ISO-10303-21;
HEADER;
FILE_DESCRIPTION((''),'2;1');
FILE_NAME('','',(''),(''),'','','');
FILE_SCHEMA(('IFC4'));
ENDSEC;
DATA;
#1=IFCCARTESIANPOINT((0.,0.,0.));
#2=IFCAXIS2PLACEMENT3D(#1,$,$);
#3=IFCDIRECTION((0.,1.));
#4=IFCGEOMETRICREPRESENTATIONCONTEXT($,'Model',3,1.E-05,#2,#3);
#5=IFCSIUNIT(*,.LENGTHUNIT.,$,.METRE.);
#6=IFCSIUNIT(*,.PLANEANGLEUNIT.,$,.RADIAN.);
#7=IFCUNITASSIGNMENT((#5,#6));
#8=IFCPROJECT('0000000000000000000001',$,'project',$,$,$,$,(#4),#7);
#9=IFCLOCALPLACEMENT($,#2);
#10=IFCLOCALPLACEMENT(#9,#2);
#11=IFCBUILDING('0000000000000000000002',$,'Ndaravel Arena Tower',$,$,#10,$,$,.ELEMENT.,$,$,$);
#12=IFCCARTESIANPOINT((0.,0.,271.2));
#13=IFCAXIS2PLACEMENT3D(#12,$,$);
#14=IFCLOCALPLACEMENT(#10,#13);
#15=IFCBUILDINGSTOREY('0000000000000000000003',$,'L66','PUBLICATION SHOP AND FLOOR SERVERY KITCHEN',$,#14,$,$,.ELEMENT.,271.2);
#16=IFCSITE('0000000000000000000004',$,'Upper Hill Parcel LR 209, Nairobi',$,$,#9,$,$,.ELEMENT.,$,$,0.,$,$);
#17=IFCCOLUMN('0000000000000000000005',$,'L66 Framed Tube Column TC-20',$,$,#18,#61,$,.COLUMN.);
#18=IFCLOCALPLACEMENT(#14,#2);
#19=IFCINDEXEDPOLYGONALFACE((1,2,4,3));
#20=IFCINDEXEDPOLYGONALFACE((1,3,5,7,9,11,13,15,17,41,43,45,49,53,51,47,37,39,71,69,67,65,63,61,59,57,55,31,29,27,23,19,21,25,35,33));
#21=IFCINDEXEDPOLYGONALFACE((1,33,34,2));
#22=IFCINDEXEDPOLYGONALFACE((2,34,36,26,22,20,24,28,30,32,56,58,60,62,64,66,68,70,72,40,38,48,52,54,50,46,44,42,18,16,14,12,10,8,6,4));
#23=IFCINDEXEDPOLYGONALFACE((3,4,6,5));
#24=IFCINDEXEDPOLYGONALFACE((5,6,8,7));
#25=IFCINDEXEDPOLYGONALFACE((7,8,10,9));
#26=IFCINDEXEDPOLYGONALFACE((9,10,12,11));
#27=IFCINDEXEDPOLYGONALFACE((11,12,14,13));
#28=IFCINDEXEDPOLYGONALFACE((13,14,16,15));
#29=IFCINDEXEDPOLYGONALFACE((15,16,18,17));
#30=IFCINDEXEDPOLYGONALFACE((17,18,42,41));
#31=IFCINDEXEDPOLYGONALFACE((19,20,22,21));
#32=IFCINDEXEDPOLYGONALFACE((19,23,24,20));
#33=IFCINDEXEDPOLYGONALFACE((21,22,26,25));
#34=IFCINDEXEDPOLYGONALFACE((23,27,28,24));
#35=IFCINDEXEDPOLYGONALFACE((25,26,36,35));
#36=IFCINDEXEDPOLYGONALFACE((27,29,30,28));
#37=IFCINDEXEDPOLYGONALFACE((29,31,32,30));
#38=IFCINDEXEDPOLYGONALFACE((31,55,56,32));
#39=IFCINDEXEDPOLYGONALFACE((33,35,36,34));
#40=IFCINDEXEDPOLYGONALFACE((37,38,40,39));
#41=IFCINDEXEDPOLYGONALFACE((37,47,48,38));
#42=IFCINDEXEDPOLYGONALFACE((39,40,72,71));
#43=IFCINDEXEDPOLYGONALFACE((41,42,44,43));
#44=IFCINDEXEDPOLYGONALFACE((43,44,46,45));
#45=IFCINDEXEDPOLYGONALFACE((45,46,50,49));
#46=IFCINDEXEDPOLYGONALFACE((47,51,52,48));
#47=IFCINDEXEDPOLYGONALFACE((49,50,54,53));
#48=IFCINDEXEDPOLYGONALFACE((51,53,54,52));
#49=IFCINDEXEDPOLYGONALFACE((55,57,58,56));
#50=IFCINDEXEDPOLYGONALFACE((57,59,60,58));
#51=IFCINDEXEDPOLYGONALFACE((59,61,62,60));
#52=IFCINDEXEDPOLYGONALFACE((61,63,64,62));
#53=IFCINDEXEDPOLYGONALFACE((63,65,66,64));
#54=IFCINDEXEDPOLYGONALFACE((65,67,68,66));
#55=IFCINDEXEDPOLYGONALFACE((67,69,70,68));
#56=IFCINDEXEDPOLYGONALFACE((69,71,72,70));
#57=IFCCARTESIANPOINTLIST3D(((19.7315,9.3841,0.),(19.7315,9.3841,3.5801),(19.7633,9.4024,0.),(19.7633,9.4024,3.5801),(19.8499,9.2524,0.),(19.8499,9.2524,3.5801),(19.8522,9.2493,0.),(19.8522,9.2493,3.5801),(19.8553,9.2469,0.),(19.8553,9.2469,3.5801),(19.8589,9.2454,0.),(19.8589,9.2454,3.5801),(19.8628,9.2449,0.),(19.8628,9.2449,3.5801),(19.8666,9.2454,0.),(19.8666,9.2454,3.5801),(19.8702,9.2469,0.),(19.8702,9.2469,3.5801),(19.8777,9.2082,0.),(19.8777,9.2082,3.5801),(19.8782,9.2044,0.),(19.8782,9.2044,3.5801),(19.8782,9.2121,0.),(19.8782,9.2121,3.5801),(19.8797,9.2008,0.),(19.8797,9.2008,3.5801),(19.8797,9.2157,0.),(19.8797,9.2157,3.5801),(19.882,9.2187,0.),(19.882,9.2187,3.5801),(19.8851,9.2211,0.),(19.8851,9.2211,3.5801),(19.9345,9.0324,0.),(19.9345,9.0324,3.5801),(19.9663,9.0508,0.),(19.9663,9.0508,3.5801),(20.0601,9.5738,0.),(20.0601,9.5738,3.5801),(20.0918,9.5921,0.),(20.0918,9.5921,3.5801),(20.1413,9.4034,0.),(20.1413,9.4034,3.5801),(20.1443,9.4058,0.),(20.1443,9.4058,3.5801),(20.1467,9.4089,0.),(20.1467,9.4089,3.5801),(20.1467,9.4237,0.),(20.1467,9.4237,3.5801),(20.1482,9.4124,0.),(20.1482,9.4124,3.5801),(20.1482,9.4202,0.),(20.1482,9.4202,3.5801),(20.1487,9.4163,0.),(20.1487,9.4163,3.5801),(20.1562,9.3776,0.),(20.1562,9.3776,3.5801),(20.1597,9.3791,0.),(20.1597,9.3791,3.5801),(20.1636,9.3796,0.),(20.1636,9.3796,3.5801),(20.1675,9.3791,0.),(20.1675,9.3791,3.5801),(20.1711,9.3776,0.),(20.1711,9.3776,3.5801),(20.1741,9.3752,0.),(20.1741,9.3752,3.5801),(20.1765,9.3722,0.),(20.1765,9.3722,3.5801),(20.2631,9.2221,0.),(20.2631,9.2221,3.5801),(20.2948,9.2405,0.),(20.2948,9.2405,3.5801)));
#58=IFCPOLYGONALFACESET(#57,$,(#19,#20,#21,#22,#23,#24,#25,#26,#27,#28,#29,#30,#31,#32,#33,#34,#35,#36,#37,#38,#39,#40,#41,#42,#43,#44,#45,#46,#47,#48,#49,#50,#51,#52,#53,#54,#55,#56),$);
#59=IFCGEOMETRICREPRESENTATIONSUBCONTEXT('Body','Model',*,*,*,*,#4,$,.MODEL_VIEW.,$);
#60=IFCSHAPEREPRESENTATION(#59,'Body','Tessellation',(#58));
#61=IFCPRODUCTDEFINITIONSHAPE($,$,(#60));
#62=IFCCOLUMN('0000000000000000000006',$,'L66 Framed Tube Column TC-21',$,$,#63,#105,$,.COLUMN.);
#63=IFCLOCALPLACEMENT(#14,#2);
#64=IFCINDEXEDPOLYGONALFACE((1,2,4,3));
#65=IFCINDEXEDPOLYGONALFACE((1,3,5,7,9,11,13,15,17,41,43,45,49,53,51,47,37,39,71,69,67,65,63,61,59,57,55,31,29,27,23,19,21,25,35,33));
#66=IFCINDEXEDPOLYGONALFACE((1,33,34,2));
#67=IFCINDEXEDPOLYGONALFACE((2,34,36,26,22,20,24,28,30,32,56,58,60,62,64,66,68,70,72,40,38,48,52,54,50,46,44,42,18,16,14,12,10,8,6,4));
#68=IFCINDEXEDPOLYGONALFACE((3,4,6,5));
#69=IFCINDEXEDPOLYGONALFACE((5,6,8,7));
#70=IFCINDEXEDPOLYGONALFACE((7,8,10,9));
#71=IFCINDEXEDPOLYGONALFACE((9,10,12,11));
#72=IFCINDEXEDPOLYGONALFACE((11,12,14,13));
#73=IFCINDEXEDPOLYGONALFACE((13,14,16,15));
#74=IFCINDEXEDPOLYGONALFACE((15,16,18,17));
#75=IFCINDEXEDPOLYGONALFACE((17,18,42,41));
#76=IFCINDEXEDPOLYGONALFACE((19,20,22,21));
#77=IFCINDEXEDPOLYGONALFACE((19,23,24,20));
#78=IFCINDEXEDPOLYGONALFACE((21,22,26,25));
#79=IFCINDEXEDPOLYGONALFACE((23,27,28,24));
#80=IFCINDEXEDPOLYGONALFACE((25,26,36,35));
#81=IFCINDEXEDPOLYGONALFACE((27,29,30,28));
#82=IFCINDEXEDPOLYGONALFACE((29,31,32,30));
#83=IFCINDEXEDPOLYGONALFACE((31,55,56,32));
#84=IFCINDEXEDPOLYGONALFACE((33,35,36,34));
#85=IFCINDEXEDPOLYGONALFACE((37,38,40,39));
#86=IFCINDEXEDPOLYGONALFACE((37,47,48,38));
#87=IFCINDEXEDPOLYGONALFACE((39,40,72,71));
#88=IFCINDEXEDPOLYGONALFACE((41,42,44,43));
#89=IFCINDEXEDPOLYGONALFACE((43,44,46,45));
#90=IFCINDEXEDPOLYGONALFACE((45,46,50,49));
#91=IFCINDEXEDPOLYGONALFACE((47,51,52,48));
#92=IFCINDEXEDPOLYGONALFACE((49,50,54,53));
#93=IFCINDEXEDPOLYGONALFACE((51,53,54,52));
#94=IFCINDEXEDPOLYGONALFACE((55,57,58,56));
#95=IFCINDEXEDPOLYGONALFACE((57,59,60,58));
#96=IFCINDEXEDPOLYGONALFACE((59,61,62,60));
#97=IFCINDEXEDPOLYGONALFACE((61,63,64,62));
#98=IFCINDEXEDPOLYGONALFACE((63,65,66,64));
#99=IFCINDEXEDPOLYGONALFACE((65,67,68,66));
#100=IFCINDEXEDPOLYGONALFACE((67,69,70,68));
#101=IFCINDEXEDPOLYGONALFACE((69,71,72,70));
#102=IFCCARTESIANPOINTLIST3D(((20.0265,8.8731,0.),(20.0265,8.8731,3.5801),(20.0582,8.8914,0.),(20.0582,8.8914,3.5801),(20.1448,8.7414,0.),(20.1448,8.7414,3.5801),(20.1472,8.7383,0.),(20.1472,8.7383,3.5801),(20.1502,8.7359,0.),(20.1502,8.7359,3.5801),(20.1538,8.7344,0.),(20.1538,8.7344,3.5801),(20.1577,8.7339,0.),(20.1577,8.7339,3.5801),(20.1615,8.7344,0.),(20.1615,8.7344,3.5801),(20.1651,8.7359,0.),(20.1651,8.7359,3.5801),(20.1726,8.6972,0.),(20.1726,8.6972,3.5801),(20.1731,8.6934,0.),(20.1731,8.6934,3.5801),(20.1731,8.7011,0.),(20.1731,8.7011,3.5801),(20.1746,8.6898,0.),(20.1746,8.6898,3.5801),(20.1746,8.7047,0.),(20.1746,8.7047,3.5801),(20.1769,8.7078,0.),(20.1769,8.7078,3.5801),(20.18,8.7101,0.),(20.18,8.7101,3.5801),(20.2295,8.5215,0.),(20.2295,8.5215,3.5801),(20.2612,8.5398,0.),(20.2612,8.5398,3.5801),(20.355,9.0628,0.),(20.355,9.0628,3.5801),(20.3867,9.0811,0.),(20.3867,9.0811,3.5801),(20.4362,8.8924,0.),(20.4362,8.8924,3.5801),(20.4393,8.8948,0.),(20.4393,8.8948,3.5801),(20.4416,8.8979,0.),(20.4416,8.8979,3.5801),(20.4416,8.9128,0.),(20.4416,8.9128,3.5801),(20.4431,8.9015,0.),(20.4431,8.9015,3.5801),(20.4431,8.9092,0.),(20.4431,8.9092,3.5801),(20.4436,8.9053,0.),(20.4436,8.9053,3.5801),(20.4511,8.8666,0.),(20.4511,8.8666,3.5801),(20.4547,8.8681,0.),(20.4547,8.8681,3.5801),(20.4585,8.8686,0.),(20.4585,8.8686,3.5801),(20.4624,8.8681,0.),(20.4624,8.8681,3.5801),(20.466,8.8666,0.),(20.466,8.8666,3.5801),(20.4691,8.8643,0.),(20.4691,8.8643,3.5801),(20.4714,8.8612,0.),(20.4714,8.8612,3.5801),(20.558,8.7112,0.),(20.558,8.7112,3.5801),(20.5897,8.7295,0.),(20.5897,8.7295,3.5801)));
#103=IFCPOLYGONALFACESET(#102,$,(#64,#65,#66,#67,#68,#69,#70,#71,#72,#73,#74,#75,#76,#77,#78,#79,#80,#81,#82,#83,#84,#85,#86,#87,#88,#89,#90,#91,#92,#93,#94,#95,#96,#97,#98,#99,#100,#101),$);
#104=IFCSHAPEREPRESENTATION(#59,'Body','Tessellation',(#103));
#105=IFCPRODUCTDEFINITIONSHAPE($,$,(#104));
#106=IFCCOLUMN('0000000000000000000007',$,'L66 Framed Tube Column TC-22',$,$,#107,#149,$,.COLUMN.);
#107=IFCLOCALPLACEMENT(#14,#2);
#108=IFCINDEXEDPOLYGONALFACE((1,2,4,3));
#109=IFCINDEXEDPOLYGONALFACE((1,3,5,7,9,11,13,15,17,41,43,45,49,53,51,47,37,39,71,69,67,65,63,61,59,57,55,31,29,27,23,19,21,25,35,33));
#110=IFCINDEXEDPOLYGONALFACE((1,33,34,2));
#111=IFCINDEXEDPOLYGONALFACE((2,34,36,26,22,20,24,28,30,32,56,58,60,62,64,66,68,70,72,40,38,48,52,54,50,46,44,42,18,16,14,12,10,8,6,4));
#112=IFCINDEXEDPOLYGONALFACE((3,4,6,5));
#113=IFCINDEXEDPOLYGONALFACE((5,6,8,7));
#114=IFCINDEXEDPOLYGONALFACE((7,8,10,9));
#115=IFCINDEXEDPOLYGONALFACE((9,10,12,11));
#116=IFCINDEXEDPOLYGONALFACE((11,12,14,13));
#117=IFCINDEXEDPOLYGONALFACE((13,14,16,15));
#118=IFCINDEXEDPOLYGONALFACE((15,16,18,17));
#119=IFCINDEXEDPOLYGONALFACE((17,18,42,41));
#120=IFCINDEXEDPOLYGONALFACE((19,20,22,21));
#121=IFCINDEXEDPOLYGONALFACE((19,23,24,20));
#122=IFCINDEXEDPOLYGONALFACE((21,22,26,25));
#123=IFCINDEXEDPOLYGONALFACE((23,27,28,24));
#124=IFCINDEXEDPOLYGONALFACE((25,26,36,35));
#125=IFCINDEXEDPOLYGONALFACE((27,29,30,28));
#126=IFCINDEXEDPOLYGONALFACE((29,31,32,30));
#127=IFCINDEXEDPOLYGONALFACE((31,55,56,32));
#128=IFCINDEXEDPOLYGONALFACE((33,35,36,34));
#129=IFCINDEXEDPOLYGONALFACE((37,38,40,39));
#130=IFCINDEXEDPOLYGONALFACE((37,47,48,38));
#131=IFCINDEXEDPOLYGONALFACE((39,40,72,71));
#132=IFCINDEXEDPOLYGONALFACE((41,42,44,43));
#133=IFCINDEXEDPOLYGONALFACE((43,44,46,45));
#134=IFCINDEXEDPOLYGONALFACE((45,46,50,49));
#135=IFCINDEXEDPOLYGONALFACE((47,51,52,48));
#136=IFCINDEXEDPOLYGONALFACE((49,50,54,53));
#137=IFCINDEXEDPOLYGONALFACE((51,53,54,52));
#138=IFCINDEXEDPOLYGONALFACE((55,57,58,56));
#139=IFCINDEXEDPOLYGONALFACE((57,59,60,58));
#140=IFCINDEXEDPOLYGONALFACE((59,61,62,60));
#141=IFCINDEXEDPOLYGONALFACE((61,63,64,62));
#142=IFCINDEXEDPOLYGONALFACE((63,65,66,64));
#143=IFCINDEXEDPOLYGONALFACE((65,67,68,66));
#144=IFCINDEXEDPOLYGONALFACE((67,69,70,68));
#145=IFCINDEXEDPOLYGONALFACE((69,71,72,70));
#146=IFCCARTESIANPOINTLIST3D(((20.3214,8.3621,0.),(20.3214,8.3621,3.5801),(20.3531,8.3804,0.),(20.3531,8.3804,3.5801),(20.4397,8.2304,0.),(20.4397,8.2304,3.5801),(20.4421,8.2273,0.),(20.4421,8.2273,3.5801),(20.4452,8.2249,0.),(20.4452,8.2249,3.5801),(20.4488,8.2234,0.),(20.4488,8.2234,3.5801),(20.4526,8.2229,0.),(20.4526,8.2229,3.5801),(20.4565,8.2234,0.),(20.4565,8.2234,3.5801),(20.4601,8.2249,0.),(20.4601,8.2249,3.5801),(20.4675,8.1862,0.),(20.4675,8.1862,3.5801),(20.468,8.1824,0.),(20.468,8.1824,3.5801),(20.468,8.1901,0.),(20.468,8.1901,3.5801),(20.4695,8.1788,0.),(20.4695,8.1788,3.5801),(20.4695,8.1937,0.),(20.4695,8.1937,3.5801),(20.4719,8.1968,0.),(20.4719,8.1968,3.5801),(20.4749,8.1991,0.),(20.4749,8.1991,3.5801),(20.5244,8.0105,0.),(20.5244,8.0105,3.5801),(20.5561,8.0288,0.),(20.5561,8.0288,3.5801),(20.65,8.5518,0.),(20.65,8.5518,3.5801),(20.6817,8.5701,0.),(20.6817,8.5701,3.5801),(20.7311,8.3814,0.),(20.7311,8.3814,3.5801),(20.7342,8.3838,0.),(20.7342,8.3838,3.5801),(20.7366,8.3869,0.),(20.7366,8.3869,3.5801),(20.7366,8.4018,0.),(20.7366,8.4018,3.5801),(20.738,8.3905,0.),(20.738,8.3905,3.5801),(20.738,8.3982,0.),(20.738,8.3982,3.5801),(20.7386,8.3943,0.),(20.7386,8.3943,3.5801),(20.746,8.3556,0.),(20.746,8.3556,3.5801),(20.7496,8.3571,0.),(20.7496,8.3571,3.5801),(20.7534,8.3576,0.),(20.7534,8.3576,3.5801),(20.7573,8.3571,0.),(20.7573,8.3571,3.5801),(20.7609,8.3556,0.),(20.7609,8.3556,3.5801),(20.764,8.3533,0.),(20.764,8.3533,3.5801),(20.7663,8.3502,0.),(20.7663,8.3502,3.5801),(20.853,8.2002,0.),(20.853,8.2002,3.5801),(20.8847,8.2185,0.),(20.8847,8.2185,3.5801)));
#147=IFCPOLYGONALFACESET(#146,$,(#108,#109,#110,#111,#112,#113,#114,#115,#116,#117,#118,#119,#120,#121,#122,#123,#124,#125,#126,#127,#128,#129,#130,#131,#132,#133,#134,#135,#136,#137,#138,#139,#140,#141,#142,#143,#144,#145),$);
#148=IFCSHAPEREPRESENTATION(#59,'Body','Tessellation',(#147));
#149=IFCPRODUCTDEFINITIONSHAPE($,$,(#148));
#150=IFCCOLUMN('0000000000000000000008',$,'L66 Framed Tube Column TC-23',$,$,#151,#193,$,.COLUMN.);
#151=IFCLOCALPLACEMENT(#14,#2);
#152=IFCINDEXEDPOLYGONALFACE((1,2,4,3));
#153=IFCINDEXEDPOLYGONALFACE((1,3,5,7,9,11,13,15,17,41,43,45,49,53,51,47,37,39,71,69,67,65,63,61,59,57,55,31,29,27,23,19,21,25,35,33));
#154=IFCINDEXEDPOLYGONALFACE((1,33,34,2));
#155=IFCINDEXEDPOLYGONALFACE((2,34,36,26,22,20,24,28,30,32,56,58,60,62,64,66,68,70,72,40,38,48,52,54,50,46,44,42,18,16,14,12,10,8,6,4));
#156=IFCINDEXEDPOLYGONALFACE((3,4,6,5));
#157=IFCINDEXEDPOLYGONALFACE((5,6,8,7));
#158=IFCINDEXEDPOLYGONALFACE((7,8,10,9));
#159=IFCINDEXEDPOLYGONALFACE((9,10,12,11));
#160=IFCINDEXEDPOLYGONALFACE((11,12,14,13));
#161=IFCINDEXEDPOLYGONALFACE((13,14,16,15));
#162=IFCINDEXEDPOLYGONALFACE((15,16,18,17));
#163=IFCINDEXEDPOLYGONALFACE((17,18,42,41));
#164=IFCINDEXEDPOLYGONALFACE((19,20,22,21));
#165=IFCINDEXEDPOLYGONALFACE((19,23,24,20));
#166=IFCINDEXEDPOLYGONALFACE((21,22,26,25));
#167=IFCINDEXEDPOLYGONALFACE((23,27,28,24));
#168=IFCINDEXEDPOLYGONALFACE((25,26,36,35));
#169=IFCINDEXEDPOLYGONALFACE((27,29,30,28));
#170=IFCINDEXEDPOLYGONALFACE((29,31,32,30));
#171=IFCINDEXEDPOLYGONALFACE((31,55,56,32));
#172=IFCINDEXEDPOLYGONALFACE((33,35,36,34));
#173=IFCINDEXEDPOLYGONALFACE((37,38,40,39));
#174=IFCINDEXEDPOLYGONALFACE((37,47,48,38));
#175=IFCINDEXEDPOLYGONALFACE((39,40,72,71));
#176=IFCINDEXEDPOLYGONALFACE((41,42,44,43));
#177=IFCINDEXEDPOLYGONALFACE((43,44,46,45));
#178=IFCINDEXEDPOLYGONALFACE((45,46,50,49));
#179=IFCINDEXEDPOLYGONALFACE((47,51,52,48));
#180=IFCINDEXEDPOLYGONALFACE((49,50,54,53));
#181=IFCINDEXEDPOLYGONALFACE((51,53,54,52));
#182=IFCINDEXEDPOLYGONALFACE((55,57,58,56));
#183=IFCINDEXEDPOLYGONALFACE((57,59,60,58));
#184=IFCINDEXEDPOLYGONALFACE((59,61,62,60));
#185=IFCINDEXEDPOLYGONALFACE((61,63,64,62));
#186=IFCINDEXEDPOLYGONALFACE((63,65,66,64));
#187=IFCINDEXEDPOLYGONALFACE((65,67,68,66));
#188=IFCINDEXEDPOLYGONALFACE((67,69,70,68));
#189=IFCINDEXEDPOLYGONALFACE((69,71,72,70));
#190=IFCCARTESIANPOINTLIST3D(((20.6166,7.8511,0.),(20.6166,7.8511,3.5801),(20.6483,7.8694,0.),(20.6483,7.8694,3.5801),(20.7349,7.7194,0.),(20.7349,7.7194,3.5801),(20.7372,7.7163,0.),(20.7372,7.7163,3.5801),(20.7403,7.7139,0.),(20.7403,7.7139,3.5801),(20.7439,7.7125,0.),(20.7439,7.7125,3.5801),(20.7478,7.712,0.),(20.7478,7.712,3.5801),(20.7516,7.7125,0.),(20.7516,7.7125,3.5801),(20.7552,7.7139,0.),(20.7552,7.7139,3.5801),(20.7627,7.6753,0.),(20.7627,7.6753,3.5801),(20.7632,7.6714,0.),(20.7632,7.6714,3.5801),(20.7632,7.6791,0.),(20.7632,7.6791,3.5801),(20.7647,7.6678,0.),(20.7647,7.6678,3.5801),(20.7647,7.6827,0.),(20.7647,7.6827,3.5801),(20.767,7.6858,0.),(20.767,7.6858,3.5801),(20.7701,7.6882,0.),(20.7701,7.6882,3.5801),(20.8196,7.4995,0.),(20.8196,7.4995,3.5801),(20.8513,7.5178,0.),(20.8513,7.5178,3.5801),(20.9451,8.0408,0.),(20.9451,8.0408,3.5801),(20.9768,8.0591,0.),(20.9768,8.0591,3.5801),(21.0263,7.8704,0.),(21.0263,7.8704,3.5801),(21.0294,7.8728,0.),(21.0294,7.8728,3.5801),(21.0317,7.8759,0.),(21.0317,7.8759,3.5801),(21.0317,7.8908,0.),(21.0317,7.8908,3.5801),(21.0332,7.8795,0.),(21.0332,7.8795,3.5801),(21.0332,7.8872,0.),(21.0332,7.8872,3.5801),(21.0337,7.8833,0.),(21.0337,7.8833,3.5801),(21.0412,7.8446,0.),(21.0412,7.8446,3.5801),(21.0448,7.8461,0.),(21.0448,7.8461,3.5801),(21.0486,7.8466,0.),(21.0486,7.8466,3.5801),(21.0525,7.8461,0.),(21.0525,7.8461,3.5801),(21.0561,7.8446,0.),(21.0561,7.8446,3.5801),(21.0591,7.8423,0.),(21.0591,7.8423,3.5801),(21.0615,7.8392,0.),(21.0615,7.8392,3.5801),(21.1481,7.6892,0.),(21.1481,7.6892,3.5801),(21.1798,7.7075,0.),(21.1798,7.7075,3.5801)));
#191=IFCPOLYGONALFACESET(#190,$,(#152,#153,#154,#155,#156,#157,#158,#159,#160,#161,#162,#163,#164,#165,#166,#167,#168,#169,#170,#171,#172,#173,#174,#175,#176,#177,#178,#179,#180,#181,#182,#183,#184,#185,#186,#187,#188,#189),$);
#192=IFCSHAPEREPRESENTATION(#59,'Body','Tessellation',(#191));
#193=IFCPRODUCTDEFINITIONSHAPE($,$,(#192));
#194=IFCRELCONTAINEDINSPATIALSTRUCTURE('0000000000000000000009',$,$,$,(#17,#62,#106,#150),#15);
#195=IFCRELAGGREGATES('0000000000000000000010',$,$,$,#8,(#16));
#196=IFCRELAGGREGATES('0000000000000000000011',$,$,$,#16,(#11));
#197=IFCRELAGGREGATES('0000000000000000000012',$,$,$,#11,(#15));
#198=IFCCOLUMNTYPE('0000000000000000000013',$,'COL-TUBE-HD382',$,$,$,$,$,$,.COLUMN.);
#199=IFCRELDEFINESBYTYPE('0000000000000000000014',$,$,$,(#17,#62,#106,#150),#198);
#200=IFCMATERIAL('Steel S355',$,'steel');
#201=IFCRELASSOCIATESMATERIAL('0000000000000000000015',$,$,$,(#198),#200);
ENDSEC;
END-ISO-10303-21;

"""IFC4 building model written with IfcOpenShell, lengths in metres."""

from ifc_helpers import new_model, si_unit, direction, frame, origin, origin_2d, place, context, subcontext, project, spatial, i_section, extrude, material, material_profile, profile_set, type_object, element, save


model = new_model("IFC4")

# Units and contexts
model_context = context("Model", 3, precision=1e-05, world=origin(), true_north=direction((0.0, 1.0)))
body_context = subcontext(model_context, "Body", "Model", "MODEL_VIEW")
ifc_project = project(units=[si_unit("LENGTHUNIT", "METRE"), si_unit("PLANEANGLEUNIT", "RADIAN")], contexts=[model_context])

# Site, building, storey
site_placement = place(None, origin())
site = spatial("IfcSite", under=ifc_project, at=site_placement, Name="Upper Hill Parcel LR 209, Nairobi", CompositionType="ELEMENT", RefElevation=0.0)
building_placement = place(site_placement, origin())
building = spatial("IfcBuilding", under=site, at=building_placement, Name="Ndaravel Arena Tower", CompositionType="ELEMENT")
storey_placement = place(building_placement, frame((0.0, 0.0, 271.2)))
storey = spatial("IfcBuildingStorey", under=building, at=storey_placement, Name="L66", Description="PUBLICATION SHOP AND FLOOR SERVERY KITCHEN", CompositionType="ELEMENT", Elevation=271.2)

# Columns
ifc_material_1 = material(Name="Steel S355", Category="steel")
ifc_material_profile_1 = material_profile(ifc_material_1, i_section(OverallWidth=0.406, OverallDepth=0.416, WebThickness=0.0298, FlangeThickness=0.0366, FilletRadius=0.0149, at=origin_2d()), Name="HD 400x382")
ifc_profile_set_1 = profile_set([ifc_material_profile_1], Name="Steel S355")
column_type = type_object("IfcColumnType", Name="COL-TUBE-HD382", PredefinedType="COLUMN", material=ifc_profile_set_1)
for number, where, z_axis, x_axis, name in (
    (1, (20.0132, 9.3123, 0.0), (0.0, 0.0, 1.0), (-0.5, 0.866025, 0.0), "L66 Framed Tube Column TC-20"),
    (2, (20.3081, 8.8013, 0.0), (0.0, 0.0, 1.0), (-0.5, 0.866025, 0.0), "L66 Framed Tube Column TC-21"),
    (3, (20.603, 8.2903, 0.0), (0.0, 0.0, 1.0), (-0.5, 0.866025, 0.0), "L66 Framed Tube Column TC-22"),
    (4, (20.8982, 7.7793, 0.0), (0.0, 0.0, 1.0), (-0.5, 0.866025, 0.0), "L66 Framed Tube Column TC-23"),
):
    element("IfcColumn", number, at=place(storey_placement, frame(where, z_axis=z_axis, x_axis=x_axis)), inside=storey, type_object=column_type, Name=name, PredefinedType="COLUMN", context=body_context, shape_type="SweptSolid", body=[
        extrude(i_section(OverallWidth=0.406, OverallDepth=0.416, WebThickness=0.0298, FlangeThickness=0.0366, FilletRadius=0.0149, at=origin_2d()), origin(), (0.0, 0.0, 1.0), 3.5801),
    ])

save(model, "model.ifc")
